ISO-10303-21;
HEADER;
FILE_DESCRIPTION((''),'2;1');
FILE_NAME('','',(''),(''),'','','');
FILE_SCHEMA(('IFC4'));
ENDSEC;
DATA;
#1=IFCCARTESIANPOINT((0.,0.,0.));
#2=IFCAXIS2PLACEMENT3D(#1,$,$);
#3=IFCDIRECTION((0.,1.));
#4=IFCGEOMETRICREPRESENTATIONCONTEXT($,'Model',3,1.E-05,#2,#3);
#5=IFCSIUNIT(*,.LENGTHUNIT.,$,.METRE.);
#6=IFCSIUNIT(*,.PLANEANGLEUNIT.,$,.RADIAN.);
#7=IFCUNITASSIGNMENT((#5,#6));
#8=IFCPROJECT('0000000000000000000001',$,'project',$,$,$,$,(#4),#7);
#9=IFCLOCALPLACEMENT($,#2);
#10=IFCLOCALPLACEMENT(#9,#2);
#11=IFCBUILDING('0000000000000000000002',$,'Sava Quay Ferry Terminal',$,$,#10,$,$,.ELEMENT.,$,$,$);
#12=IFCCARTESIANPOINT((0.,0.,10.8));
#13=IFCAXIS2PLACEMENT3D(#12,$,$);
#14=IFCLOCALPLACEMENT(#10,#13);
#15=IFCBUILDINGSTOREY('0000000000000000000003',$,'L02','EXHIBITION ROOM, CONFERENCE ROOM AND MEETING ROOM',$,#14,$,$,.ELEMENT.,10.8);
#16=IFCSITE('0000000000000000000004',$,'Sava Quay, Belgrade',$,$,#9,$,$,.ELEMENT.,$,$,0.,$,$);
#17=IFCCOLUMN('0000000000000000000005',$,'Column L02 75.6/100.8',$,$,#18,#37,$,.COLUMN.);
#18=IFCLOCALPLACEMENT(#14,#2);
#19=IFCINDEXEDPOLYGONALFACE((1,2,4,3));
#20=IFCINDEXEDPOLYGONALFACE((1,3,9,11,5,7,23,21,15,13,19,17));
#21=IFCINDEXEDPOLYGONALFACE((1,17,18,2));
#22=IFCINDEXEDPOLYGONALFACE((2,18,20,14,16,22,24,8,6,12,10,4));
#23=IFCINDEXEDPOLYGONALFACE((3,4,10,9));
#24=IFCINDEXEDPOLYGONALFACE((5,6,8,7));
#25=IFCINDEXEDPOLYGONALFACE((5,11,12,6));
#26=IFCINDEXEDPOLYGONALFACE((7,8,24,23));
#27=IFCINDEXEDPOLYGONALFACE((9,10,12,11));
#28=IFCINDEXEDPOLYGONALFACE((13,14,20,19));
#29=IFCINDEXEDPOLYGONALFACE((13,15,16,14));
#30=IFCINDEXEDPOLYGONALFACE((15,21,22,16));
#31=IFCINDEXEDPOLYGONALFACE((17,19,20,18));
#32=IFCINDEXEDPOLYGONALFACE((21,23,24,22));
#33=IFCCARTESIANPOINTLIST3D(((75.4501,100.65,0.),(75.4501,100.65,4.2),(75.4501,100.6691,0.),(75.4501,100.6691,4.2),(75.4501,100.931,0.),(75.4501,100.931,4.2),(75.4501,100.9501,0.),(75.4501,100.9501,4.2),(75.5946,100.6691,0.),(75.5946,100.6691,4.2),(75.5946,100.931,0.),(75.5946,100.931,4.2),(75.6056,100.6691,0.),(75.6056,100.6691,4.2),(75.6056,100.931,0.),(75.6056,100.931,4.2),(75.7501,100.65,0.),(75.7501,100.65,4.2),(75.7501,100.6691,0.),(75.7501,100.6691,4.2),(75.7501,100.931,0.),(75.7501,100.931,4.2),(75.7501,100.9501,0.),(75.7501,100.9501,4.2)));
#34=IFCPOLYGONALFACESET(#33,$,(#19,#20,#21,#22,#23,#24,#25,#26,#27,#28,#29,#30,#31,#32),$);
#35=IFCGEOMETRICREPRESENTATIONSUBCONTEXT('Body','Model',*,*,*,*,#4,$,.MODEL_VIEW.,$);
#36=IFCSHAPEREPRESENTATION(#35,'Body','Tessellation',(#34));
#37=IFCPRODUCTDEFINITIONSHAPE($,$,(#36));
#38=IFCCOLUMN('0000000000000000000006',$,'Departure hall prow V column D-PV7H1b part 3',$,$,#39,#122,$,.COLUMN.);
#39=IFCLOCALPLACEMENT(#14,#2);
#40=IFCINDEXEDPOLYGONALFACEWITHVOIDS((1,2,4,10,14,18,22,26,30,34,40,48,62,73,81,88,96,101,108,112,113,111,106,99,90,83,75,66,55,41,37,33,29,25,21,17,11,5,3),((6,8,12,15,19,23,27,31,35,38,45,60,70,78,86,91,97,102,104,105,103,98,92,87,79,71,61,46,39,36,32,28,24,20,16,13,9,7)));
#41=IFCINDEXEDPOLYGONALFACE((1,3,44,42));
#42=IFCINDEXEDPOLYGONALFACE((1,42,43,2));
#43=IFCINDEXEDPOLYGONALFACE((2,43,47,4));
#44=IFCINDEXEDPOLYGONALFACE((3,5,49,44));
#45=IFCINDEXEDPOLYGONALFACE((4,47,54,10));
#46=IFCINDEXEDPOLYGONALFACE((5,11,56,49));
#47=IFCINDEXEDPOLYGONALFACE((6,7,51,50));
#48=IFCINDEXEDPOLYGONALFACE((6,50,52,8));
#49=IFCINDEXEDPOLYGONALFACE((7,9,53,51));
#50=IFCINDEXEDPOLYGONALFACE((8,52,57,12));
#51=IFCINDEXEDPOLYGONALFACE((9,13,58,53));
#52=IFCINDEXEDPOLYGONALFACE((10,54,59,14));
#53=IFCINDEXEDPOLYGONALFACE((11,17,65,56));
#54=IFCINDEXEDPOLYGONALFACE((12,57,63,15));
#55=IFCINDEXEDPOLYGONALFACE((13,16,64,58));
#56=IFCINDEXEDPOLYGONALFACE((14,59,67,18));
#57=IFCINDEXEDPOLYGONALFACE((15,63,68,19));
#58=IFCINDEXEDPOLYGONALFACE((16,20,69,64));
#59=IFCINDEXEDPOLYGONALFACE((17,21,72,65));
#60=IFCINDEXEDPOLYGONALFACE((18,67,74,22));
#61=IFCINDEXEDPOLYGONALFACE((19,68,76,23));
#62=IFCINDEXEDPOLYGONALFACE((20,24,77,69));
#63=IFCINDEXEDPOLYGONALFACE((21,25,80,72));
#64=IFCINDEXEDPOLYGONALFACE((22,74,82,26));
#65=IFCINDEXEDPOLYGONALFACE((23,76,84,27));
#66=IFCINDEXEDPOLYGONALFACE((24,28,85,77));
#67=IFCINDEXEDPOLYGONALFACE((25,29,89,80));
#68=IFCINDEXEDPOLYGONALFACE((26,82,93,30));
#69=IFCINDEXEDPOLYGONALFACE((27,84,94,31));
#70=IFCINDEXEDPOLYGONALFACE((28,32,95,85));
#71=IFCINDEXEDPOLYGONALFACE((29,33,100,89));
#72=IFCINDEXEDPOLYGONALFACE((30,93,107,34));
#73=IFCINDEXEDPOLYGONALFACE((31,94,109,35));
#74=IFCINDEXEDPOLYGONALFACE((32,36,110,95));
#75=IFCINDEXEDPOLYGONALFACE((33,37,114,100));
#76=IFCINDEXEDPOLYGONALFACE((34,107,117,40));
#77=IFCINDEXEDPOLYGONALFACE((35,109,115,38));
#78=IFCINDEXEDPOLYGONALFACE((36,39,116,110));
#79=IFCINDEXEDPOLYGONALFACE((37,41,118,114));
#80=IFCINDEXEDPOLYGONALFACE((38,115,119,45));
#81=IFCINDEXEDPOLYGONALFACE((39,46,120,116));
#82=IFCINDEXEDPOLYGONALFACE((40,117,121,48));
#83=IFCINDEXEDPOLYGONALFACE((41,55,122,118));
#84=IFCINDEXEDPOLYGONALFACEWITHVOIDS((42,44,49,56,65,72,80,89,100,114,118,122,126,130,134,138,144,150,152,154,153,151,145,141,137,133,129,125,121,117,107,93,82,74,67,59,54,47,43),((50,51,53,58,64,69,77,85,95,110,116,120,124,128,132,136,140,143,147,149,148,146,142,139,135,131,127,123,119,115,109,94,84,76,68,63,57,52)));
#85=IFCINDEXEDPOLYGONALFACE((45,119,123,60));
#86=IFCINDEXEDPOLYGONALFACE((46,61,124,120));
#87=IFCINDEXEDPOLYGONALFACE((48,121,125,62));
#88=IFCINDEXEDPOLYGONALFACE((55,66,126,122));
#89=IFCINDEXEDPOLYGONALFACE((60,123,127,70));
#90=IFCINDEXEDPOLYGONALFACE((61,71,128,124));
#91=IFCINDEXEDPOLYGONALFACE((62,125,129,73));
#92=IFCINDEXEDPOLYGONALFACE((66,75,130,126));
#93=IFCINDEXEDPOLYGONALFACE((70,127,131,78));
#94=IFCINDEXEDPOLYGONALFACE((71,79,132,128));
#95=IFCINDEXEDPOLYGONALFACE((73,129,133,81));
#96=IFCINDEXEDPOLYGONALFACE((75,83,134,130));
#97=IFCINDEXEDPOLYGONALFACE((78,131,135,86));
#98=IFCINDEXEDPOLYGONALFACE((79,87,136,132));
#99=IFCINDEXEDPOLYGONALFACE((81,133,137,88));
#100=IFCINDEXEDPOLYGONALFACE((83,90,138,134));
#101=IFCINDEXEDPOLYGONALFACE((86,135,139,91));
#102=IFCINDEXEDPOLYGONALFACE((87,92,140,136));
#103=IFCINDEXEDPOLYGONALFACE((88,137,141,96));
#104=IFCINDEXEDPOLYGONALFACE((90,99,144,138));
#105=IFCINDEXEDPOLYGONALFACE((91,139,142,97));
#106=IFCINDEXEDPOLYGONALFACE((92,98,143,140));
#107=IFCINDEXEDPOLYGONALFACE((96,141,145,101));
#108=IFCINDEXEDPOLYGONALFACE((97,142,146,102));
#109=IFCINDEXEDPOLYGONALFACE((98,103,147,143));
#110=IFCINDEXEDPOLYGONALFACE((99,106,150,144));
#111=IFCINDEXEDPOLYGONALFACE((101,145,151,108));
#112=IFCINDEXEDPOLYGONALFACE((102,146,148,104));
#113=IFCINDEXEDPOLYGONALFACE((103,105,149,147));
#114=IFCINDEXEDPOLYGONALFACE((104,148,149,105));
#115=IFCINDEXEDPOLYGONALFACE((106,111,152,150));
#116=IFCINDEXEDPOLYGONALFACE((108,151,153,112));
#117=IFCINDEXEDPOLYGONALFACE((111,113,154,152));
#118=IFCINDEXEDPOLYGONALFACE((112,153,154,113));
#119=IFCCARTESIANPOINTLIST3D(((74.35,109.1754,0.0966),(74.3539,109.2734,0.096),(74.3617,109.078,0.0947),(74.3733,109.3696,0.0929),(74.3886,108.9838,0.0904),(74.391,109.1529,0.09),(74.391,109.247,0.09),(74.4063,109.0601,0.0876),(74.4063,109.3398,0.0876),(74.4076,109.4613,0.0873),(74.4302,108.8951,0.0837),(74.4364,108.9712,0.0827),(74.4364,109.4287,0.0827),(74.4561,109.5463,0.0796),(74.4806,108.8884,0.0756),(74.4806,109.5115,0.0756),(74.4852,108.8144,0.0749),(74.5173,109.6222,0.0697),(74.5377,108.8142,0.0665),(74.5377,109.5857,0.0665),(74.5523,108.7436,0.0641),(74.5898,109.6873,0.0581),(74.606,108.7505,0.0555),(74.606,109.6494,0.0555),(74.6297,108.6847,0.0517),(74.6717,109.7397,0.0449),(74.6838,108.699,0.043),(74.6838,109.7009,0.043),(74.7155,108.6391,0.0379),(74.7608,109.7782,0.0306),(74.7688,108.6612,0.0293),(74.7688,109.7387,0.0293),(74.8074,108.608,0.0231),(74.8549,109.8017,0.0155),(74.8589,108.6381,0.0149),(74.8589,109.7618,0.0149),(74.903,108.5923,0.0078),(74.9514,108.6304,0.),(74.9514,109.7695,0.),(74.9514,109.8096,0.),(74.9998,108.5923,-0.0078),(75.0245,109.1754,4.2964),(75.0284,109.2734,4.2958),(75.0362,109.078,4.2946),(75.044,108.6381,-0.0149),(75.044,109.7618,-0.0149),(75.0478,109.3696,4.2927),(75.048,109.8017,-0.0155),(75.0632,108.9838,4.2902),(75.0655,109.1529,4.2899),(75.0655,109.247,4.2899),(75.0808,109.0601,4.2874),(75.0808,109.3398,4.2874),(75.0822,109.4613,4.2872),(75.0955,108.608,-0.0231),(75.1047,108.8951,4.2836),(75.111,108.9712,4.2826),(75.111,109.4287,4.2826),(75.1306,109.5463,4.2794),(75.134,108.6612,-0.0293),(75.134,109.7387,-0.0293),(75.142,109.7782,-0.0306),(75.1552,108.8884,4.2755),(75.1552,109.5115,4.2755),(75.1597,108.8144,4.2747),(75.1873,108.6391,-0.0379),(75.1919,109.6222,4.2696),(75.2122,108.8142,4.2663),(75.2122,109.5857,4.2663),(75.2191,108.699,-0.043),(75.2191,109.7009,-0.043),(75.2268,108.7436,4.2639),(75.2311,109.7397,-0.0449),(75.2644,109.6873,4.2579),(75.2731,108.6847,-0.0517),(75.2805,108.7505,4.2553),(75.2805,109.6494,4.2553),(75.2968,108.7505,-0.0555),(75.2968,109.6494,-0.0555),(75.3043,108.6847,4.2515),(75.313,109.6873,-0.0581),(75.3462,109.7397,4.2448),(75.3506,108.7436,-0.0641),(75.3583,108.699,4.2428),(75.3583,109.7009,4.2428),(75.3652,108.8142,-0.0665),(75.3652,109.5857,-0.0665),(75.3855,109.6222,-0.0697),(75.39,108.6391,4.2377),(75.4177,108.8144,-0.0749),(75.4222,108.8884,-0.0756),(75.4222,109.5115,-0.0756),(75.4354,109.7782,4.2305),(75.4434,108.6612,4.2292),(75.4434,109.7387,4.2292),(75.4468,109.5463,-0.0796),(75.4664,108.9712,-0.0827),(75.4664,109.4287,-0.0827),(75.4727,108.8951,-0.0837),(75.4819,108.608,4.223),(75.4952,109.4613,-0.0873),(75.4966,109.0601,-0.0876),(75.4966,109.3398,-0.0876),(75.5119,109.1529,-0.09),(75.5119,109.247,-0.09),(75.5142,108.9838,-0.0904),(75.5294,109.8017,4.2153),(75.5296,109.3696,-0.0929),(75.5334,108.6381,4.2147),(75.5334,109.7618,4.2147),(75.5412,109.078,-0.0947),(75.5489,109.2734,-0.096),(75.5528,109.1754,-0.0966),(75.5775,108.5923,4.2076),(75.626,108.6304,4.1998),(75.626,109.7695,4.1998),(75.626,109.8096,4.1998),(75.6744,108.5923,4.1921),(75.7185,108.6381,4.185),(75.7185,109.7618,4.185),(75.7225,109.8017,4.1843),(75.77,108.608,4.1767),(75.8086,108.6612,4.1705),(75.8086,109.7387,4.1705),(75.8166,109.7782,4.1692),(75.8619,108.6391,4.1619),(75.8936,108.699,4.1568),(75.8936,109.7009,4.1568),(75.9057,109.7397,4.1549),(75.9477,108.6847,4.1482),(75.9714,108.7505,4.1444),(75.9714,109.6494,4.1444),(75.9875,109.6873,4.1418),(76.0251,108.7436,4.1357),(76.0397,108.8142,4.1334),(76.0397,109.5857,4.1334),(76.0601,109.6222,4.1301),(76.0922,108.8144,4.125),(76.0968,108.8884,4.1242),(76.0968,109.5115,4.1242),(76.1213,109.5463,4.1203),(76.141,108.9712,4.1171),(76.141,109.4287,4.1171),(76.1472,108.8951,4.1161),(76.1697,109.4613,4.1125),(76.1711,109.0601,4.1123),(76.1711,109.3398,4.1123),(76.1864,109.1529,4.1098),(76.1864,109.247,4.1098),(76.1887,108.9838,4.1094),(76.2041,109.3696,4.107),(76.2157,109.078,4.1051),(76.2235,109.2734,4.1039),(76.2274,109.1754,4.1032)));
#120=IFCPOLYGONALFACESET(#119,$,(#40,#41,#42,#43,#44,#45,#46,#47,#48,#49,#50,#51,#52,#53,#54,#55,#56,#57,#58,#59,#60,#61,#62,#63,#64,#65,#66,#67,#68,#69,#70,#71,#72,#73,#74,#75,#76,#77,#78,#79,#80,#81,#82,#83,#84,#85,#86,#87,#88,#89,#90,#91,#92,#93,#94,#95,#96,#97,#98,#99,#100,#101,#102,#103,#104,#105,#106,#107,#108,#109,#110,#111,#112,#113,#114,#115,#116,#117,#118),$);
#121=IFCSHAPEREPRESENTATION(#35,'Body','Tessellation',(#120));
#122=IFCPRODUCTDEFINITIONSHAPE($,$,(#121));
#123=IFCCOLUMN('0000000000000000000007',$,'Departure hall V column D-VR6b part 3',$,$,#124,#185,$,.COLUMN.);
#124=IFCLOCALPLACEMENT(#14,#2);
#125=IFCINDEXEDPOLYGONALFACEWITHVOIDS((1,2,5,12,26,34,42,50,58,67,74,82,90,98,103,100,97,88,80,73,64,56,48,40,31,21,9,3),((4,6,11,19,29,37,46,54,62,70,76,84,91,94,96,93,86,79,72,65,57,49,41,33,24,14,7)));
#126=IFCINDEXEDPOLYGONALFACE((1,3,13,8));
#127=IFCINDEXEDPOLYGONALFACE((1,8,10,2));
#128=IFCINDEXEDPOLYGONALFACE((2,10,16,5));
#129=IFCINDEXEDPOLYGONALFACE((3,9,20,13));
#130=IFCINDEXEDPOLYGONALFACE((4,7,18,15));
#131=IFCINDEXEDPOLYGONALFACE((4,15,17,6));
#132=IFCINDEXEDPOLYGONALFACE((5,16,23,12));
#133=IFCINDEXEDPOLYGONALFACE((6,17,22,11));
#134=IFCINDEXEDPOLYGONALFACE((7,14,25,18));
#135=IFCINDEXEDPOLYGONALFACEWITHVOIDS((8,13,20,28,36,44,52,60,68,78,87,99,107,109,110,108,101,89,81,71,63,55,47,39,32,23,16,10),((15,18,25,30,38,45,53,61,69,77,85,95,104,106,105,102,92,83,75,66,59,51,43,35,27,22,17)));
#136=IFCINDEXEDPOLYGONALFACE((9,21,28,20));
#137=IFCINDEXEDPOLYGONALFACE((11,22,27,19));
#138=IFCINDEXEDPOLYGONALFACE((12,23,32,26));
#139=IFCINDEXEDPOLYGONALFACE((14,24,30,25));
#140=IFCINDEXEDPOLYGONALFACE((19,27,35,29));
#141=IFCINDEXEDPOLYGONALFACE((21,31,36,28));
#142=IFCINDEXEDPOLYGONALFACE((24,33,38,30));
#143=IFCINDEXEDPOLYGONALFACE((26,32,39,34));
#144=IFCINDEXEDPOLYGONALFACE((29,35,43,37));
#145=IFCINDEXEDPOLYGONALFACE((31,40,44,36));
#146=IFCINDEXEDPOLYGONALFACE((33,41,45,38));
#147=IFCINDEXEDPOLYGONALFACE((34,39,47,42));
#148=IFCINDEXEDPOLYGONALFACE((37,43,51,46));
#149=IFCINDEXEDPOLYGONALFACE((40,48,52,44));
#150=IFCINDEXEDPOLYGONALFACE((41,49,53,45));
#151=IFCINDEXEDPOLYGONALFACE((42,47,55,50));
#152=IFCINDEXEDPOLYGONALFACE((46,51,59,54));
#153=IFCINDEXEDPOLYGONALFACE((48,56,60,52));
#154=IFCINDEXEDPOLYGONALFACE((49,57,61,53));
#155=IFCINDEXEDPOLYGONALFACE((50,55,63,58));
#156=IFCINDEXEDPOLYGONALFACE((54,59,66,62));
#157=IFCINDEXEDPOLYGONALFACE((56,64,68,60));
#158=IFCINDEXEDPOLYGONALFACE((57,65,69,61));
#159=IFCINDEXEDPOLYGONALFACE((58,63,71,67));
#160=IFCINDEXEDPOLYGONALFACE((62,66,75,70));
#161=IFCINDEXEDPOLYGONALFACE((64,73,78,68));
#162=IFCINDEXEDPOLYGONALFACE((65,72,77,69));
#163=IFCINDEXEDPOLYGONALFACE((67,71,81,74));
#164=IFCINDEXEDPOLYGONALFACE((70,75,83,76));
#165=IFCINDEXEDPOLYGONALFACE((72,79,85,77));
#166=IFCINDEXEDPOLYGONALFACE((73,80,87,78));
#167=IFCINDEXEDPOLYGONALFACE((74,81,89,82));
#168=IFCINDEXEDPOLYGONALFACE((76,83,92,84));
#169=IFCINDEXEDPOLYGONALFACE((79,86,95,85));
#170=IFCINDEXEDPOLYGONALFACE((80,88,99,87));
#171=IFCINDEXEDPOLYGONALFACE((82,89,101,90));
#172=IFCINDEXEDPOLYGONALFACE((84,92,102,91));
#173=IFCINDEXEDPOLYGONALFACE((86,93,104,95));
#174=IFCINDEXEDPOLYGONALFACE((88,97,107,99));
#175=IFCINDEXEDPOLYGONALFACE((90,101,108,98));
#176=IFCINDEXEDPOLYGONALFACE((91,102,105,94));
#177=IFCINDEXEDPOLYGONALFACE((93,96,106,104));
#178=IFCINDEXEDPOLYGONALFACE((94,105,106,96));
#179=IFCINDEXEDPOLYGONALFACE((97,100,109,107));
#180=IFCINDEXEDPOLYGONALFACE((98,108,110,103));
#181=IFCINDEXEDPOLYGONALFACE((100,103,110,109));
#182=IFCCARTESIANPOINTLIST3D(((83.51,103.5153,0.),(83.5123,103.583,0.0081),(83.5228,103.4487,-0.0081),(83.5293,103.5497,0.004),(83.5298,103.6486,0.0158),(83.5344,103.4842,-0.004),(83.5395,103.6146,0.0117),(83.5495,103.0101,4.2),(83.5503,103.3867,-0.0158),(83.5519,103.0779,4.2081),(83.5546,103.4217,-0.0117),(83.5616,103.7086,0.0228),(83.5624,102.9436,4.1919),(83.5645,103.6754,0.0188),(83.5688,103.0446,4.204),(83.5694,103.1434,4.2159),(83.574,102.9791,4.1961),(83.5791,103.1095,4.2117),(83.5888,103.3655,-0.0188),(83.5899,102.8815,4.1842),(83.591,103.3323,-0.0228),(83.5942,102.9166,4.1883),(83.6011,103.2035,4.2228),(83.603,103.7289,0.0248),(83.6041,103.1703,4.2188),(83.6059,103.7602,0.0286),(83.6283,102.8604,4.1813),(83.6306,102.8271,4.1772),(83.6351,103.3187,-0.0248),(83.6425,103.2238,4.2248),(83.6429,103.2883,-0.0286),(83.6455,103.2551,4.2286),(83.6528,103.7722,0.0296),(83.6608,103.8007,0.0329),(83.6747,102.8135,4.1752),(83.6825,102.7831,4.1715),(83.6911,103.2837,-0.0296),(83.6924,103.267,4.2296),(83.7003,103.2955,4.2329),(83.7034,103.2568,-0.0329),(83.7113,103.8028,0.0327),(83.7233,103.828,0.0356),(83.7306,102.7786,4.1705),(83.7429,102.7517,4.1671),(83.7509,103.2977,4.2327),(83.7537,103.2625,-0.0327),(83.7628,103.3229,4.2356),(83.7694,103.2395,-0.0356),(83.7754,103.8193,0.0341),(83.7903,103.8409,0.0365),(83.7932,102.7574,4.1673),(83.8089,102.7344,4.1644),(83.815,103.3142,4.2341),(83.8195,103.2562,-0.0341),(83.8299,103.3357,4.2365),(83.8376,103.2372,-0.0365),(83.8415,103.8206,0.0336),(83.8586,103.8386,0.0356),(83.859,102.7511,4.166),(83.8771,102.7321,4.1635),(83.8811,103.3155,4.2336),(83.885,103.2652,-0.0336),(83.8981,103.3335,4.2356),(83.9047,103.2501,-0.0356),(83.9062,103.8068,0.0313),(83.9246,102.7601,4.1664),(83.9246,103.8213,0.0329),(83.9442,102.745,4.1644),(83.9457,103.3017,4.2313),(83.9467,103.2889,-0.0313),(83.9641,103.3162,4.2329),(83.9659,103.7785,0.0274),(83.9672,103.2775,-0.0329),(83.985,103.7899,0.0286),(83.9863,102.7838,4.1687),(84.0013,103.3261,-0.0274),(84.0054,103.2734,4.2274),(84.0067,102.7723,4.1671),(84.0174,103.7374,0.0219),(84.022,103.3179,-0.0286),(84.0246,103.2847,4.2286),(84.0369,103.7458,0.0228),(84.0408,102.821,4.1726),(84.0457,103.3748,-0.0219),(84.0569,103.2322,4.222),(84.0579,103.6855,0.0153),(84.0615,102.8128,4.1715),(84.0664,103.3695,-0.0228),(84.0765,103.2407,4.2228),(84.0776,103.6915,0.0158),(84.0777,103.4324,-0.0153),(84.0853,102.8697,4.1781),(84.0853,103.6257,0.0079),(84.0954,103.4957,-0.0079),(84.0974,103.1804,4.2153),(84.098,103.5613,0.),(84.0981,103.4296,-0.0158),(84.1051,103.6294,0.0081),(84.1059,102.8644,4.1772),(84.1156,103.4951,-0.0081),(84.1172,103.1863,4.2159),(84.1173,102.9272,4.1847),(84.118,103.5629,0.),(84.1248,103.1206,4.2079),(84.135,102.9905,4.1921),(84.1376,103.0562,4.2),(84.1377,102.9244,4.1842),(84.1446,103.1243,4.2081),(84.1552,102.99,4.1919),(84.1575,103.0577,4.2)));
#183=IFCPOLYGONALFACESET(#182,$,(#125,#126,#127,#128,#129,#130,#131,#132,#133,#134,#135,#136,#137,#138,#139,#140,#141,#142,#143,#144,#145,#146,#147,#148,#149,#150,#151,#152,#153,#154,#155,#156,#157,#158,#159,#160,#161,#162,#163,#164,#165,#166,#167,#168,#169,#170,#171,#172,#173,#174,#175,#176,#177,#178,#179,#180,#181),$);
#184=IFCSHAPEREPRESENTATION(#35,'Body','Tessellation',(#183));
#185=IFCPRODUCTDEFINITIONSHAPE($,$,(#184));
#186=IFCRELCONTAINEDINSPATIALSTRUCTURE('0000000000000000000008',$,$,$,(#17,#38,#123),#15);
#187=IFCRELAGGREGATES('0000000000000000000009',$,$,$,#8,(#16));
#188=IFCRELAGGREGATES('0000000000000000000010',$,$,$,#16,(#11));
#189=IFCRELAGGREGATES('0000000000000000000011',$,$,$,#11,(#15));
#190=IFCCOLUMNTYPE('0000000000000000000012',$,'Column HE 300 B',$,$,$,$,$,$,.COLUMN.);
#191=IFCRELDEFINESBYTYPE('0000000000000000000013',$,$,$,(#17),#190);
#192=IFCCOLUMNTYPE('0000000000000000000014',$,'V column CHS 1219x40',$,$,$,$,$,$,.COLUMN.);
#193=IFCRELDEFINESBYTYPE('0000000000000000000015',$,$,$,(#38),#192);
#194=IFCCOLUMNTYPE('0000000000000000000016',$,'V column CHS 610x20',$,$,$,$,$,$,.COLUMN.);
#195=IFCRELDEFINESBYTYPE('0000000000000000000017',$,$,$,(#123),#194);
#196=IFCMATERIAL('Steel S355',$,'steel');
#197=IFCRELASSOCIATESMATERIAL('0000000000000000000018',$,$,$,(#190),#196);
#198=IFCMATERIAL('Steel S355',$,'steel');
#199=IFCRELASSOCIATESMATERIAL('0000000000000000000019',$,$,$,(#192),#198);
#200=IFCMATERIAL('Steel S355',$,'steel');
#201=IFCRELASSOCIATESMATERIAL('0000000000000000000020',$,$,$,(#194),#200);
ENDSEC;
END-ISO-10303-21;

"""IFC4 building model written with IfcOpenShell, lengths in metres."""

from ifc_helpers import new_model, si_unit, direction, frame, origin, origin_2d, place, context, subcontext, project, spatial, hollow_circle, i_section, extrude, material, material_profile, profile_set, type_object, element, save


model = new_model("IFC4")

# Units and contexts
model_context = context("Model", 3, precision=1e-05, world=origin(), true_north=direction((0.0, 1.0)))
body_context = subcontext(model_context, "Body", "Model", "MODEL_VIEW")
ifc_project = project(units=[si_unit("LENGTHUNIT", "METRE"), si_unit("PLANEANGLEUNIT", "RADIAN")], contexts=[model_context])

# Site, building, storey
site_placement = place(None, origin())
site = spatial("IfcSite", under=ifc_project, at=site_placement, Name="Sava Quay, Belgrade", CompositionType="ELEMENT", RefElevation=0.0)
building_placement = place(site_placement, origin())
building = spatial("IfcBuilding", under=site, at=building_placement, Name="Sava Quay Ferry Terminal", CompositionType="ELEMENT")
storey_placement = place(building_placement, frame((0.0, 0.0, 10.8)))
storey = spatial("IfcBuildingStorey", under=building, at=storey_placement, Name="L02", Description="EXHIBITION ROOM, CONFERENCE ROOM AND MEETING ROOM", CompositionType="ELEMENT", Elevation=10.8)

# Columns
ifc_material_1 = material(Name="Steel S355", Category="steel")
ifc_material_profile_1 = material_profile(ifc_material_1, i_section(OverallWidth=0.3, OverallDepth=0.3, WebThickness=0.011, FlangeThickness=0.019, at=origin_2d()), Name="HE 300 B")
ifc_profile_set_1 = profile_set([ifc_material_profile_1], Name="Steel S355")
column_type_1 = type_object("IfcColumnType", Name="Column HE 300 B", PredefinedType="COLUMN", material=ifc_profile_set_1)
column_1_placement = place(storey_placement, frame((75.6001, 100.8, 0.0), z_axis=(0.0, 0.0, 1.0), x_axis=(1.0, 0.0, 0.0)))
element("IfcColumn", 1, at=column_1_placement, inside=storey, type_object=column_type_1, Name="Column L02 75.6/100.8", PredefinedType="COLUMN", context=body_context, shape_type="SweptSolid", body=[
    extrude(i_section(OverallWidth=0.3, OverallDepth=0.3, WebThickness=0.011, FlangeThickness=0.019, at=origin_2d()), origin(), (0.0, 0.0, 1.0), 4.2),
])
ifc_material_2 = material(Name="Steel S355", Category="steel")
ifc_material_profile_2 = material_profile(ifc_material_2, hollow_circle(Radius=0.6096, WallThickness=0.04, at=origin_2d()), Name="CHS 1219 x 40.0")
ifc_profile_set_2 = profile_set([ifc_material_profile_2], Name="Steel S355")
column_type_2 = type_object("IfcColumnType", Name="V column CHS 1219x40", PredefinedType="COLUMN", material=ifc_profile_set_2)
column_2_placement = place(storey_placement, frame((74.9514, 109.2, 0.0), z_axis=(0.158579, 0.0, 0.987346), x_axis=(0.0, 1.0, 0.0)))
element("IfcColumn", 2, at=column_2_placement, inside=storey, type_object=column_type_2, Name="Departure hall prow V column D-PV7H1b part 3", PredefinedType="COLUMN", context=body_context, shape_type="SweptSolid", body=[
    extrude(hollow_circle(Radius=0.6096, WallThickness=0.04, at=origin_2d()), origin(), (0.0, 0.0, 1.0), 4.2537),
])
ifc_material_3 = material(Name="Steel S355", Category="steel")
ifc_material_profile_3 = material_profile(ifc_material_3, hollow_circle(Radius=0.3049, WallThickness=0.02, at=origin_2d()), Name="CHS 610 x 20.0")
ifc_profile_set_3 = profile_set([ifc_material_profile_3], Name="Steel S355")
column_type_3 = type_object("IfcColumnType", Name="V column CHS 610x20", PredefinedType="COLUMN", material=ifc_profile_set_3)
column_3_placement = place(storey_placement, frame((83.814, 103.5391, 0.0), z_axis=(0.009349, -0.119404, 0.992802), x_axis=(0.996949, 0.07806, 0.0)))
element("IfcColumn", 3, at=column_3_placement, inside=storey, type_object=column_type_3, Name="Departure hall V column D-VR6b part 3", PredefinedType="COLUMN", context=body_context, shape_type="SweptSolid", body=[
    extrude(hollow_circle(Radius=0.3049, WallThickness=0.02, at=origin_2d()), origin(), (0.0, 0.0, 1.0), 4.2305),
])

save(model, "model.ifc")
